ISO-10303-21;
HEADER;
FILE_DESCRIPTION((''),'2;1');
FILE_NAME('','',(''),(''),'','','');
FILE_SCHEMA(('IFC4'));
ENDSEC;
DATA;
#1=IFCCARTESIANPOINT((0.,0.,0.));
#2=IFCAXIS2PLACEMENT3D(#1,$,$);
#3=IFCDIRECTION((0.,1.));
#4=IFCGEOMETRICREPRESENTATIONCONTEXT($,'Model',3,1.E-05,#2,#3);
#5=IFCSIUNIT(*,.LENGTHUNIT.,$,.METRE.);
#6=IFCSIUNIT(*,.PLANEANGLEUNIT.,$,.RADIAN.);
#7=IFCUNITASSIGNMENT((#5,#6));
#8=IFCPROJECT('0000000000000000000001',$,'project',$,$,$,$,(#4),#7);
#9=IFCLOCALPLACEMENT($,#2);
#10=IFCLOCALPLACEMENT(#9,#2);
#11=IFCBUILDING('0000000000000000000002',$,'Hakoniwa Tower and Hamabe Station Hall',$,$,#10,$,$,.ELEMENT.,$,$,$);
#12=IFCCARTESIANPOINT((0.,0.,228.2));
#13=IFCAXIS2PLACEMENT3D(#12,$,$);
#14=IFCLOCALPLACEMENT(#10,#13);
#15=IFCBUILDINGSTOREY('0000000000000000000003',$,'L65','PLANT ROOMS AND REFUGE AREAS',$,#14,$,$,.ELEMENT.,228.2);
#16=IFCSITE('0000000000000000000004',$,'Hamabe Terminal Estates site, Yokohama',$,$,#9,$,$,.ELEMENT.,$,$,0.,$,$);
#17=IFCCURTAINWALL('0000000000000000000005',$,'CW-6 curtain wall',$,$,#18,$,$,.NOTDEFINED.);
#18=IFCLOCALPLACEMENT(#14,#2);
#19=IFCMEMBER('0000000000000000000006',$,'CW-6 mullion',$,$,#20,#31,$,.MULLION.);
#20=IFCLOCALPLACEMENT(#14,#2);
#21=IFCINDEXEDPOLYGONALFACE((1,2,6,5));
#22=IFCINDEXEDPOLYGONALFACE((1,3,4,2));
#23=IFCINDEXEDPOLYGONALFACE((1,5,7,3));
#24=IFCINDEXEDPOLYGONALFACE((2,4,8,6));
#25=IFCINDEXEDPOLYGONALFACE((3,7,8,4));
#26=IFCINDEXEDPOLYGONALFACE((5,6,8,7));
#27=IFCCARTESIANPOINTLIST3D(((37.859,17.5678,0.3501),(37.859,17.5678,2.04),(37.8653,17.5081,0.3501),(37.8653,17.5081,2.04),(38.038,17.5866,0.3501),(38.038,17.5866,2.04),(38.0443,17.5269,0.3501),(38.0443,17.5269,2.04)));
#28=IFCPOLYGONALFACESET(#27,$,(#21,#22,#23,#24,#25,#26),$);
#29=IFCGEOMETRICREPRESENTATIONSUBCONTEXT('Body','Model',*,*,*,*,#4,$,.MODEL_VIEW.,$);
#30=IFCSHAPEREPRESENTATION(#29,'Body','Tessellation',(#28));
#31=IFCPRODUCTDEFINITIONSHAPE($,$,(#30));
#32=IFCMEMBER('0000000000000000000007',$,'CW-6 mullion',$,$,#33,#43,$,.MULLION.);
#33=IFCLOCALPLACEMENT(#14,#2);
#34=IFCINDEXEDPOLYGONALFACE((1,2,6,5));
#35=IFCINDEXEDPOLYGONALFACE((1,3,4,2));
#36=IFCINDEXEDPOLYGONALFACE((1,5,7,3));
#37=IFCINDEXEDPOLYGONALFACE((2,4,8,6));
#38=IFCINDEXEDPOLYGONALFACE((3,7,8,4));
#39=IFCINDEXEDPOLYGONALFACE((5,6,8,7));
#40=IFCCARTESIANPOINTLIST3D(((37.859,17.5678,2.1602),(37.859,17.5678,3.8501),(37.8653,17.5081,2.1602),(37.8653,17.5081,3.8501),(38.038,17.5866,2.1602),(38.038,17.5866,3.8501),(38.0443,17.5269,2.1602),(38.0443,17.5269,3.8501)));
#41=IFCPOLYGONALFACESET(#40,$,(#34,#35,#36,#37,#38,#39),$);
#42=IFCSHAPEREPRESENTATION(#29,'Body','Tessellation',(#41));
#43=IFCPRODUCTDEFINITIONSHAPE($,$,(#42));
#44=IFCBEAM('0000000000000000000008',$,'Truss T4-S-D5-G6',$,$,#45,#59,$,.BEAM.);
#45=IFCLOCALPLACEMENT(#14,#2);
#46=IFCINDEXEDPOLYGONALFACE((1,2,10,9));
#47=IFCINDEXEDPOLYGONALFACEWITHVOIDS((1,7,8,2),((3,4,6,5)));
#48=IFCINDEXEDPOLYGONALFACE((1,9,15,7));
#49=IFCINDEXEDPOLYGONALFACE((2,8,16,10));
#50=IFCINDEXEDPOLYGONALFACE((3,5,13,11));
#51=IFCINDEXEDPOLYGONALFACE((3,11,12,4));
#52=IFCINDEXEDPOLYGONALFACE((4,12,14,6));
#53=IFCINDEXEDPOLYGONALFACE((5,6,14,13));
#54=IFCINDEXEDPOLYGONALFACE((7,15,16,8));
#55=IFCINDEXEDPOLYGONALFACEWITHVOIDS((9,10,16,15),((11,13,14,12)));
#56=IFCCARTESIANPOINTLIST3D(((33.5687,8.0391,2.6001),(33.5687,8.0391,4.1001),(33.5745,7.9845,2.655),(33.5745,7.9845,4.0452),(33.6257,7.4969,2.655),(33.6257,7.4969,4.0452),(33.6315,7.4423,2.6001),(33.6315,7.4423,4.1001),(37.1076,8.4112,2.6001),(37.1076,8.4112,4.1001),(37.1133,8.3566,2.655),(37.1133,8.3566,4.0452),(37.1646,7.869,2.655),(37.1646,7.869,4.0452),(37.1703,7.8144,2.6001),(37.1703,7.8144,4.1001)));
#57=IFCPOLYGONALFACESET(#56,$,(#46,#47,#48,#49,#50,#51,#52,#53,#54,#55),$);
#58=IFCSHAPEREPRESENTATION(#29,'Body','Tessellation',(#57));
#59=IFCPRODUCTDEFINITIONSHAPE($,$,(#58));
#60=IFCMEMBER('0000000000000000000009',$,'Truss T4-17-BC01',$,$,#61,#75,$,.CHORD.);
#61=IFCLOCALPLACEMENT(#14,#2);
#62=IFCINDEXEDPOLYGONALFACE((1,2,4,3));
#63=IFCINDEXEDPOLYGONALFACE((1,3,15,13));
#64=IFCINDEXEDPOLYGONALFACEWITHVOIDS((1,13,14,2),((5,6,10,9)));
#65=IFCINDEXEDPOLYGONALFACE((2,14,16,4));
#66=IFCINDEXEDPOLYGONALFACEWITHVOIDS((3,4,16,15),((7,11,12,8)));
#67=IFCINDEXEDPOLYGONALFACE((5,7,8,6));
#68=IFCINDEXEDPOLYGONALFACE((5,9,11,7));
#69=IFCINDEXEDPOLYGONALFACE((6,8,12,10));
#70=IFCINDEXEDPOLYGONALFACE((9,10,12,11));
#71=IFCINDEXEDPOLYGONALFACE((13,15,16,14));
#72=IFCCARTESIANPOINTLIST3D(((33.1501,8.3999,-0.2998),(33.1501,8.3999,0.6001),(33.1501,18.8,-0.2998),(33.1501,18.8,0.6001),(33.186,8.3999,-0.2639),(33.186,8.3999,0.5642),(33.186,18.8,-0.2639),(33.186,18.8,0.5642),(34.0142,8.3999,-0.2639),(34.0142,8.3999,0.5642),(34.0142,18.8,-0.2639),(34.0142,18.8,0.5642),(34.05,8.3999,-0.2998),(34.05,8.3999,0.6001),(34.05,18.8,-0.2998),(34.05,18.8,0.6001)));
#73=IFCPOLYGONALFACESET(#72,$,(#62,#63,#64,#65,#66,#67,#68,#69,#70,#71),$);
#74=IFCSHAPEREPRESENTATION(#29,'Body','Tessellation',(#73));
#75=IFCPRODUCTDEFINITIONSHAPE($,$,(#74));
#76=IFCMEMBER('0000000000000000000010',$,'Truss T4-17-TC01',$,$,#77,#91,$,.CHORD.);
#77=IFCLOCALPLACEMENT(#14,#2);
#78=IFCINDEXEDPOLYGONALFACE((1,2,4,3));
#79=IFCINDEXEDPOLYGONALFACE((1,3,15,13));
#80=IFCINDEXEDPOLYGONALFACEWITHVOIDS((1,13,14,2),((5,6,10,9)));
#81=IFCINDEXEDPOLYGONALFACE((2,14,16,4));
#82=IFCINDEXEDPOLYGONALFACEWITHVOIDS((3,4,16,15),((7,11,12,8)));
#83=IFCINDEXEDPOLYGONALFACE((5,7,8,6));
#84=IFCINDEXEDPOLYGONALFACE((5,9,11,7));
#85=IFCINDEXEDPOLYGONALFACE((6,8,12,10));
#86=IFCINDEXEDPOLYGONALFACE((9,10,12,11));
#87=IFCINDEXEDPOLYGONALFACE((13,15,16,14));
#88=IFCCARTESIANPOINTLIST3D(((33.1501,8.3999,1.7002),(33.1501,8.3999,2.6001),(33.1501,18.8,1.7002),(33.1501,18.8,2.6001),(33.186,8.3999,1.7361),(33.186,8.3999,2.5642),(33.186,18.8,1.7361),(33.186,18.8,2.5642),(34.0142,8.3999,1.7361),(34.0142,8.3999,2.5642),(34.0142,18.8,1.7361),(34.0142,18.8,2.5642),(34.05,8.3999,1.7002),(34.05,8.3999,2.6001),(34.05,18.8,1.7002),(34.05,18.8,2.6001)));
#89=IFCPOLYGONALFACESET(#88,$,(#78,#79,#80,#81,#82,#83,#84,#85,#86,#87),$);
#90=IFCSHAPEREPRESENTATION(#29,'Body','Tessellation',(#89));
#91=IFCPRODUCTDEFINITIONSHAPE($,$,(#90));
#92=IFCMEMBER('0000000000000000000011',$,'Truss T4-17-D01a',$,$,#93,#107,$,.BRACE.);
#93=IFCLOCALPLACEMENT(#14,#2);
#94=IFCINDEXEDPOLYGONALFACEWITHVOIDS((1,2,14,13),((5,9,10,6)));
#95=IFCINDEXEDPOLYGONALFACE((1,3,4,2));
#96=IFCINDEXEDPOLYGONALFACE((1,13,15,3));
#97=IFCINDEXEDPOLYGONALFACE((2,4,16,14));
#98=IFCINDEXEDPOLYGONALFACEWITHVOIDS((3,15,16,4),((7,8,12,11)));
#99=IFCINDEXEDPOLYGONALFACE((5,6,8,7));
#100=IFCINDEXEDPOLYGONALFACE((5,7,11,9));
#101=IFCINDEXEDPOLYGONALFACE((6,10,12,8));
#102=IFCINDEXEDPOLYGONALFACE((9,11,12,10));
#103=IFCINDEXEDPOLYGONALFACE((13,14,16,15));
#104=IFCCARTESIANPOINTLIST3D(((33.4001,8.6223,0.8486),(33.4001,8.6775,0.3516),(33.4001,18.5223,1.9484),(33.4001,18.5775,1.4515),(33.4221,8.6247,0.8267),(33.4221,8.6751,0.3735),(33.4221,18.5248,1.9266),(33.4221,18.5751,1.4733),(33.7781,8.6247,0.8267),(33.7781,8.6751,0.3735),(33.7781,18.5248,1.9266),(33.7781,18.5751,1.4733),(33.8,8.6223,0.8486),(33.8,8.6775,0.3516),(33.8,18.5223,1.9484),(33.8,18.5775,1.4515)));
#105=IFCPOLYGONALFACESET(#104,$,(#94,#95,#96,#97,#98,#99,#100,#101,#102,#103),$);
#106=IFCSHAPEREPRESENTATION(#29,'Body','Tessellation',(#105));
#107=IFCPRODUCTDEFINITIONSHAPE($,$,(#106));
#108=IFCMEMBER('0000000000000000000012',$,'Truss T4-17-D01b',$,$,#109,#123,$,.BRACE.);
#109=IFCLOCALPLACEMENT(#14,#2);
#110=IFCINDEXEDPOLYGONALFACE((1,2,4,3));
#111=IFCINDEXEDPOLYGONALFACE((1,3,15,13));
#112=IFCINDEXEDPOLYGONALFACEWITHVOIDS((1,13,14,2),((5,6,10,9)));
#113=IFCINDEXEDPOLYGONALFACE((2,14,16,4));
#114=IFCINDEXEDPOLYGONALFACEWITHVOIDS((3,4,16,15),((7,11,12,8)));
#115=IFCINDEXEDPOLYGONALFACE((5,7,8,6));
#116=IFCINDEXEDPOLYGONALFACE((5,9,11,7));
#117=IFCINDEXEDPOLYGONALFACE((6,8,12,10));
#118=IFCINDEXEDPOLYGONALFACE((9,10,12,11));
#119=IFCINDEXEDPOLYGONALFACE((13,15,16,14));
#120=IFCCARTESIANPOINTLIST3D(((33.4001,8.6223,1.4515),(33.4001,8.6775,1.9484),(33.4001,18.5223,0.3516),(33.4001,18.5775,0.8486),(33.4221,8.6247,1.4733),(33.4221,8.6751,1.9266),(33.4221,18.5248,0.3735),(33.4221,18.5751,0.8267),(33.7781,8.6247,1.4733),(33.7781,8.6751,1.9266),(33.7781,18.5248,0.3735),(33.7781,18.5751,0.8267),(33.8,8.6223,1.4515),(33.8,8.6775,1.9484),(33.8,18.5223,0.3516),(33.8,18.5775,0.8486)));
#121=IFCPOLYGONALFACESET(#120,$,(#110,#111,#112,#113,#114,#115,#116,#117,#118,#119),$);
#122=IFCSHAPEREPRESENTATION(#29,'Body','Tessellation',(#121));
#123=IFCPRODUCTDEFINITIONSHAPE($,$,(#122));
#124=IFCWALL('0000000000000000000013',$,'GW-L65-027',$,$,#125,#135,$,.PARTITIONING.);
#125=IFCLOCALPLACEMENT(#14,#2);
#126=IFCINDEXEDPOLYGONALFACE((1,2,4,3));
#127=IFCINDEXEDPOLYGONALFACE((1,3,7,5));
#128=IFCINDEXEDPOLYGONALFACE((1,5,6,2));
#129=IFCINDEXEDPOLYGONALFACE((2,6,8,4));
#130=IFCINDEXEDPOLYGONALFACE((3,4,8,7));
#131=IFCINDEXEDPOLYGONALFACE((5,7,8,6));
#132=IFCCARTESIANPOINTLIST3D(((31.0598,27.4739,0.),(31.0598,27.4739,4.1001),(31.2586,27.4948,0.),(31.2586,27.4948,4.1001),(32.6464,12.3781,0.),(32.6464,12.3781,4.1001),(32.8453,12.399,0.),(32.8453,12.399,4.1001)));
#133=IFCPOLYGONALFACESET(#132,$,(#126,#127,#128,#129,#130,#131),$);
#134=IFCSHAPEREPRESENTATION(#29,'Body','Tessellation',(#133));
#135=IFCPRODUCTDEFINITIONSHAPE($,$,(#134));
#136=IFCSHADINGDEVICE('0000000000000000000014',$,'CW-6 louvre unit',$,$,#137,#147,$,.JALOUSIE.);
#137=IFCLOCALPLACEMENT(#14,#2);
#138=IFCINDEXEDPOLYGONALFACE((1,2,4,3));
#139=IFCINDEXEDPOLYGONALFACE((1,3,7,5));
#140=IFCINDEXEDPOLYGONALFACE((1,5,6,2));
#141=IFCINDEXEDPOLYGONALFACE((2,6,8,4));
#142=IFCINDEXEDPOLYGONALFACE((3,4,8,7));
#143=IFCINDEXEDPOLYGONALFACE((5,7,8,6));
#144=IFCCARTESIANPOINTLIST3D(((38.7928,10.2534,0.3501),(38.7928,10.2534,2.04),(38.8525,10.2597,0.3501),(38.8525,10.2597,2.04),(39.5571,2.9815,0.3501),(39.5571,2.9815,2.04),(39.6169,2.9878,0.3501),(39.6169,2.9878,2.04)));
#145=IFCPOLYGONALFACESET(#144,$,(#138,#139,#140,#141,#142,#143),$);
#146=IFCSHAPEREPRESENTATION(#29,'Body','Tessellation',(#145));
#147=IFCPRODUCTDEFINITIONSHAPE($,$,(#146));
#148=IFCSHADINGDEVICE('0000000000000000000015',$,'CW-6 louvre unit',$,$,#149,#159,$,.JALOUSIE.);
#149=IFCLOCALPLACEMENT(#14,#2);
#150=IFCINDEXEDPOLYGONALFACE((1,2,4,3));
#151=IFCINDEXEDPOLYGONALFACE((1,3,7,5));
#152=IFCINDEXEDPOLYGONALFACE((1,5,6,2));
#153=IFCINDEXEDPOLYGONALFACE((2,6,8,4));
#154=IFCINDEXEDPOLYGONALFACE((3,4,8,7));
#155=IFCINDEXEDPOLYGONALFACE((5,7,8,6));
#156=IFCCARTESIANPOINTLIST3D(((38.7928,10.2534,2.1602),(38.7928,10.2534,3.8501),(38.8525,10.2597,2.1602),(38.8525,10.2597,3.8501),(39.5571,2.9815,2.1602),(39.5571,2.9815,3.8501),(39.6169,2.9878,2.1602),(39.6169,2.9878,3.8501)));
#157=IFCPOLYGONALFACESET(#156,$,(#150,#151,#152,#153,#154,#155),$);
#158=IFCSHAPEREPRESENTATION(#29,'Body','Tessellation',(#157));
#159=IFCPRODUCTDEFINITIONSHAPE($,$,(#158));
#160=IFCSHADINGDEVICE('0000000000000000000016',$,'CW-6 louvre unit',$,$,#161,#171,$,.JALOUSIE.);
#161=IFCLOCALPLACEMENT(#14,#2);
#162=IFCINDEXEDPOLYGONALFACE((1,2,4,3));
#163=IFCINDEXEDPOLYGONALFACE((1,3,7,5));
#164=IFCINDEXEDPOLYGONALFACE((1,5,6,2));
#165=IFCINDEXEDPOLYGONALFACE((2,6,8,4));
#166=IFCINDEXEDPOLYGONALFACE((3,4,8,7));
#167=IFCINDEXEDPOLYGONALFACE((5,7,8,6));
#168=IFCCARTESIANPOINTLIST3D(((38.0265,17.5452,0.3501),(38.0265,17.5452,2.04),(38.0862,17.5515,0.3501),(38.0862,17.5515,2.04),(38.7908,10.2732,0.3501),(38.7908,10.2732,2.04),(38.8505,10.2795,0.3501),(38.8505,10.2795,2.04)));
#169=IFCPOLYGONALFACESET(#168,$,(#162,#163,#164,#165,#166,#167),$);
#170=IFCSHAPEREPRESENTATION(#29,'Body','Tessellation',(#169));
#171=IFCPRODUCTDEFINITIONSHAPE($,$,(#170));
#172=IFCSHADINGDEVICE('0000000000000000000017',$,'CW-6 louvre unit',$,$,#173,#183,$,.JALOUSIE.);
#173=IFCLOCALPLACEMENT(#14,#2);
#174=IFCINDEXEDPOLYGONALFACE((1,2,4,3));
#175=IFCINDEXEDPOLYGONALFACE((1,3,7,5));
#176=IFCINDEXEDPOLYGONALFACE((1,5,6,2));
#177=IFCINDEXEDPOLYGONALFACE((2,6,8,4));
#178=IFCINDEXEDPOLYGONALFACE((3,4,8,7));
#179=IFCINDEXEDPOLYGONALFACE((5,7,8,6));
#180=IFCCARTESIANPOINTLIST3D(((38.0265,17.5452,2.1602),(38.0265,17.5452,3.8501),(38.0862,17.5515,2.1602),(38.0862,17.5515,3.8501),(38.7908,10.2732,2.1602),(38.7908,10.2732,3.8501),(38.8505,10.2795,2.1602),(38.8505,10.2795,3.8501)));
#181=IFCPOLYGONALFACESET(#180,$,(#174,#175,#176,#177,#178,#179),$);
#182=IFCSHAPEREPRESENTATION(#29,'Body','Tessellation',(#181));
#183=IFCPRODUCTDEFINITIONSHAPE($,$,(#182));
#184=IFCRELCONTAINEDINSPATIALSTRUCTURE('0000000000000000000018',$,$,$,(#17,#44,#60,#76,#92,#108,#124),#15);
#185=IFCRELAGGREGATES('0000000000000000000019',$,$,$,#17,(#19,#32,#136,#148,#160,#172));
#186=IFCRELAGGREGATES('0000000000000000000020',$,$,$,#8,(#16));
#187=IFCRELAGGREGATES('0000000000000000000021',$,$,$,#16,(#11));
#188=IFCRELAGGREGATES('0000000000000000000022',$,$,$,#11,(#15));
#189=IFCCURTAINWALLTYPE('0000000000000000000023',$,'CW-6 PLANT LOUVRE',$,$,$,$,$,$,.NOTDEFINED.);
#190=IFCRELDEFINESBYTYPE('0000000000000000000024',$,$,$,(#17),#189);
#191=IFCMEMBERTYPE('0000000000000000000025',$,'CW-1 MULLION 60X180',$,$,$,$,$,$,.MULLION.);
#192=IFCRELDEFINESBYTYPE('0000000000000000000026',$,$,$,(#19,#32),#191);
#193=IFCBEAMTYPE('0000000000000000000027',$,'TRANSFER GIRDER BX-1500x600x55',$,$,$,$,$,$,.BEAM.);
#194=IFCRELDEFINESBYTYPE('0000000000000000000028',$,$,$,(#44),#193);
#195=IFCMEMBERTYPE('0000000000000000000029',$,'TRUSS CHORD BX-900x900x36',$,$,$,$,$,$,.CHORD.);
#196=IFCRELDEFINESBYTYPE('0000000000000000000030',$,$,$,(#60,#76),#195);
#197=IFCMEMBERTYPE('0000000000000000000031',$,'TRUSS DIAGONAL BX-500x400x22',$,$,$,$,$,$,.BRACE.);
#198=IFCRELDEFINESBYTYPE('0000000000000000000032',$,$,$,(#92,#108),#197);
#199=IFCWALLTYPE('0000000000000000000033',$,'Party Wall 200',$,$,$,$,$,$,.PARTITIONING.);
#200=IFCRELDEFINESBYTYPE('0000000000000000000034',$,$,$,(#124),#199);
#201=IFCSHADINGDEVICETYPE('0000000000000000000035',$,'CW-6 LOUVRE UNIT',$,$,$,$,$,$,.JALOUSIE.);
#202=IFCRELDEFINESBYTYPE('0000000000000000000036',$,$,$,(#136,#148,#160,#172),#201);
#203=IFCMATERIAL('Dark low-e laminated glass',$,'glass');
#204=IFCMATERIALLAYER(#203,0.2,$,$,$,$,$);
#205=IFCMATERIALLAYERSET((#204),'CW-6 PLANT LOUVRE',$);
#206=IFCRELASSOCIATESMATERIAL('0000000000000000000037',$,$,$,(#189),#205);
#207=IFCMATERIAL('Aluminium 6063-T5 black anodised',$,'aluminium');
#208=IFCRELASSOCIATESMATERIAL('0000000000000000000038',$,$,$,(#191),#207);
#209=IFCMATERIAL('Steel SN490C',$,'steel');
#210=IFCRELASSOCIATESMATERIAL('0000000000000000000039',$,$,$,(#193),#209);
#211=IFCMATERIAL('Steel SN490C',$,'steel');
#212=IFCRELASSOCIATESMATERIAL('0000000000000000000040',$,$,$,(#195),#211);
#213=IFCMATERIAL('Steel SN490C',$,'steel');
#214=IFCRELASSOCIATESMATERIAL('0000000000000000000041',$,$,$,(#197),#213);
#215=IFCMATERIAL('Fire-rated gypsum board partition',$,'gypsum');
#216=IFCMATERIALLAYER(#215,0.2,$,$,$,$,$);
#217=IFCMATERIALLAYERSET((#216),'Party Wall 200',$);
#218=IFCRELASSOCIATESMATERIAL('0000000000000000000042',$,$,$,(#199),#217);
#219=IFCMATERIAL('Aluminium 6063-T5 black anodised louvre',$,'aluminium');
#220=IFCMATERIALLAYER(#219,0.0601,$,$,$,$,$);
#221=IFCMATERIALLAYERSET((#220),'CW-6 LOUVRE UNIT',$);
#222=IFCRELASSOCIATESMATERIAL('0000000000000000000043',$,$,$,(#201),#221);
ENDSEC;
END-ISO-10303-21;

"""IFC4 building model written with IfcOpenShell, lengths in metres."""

from ifc_helpers import new_model, si_unit, direction, frame, frame_2d, origin, origin_2d, place, context, subcontext, project, spatial, rectangle, hollow_rectangle, extrude, material, layer, layer_set, material_profile, profile_set, type_object, element, aggregate, save


model = new_model("IFC4")

# Units and contexts
model_context = context("Model", 3, precision=1e-05, world=origin(), true_north=direction((0.0, 1.0)))
body_context = subcontext(model_context, "Body", "Model", "MODEL_VIEW")
ifc_project = project(units=[si_unit("LENGTHUNIT", "METRE"), si_unit("PLANEANGLEUNIT", "RADIAN")], contexts=[model_context])

# Site, building, storey
site_placement = place(None, origin())
site = spatial("IfcSite", under=ifc_project, at=site_placement, Name="Hamabe Terminal Estates site, Yokohama", CompositionType="ELEMENT", RefElevation=0.0)
building_placement = place(site_placement, origin())
building = spatial("IfcBuilding", under=site, at=building_placement, Name="Hakoniwa Tower and Hamabe Station Hall", CompositionType="ELEMENT")
storey_placement = place(building_placement, frame((0.0, 0.0, 228.2)))
storey = spatial("IfcBuildingStorey", under=building, at=storey_placement, Name="L65", Description="PLANT ROOMS AND REFUGE AREAS", CompositionType="ELEMENT", Elevation=228.2)

# Curtain wall, members
ifc_material_1 = material(Name="Dark low-e laminated glass", Category="glass")
ifc_layer_1 = layer(ifc_material_1, 0.2)
ifc_layer_set_1 = layer_set([ifc_layer_1], Name="CW-6 PLANT LOUVRE")
curtain_wall_type = type_object("IfcCurtainWallType", Name="CW-6 PLANT LOUVRE", PredefinedType="NOTDEFINED", material=ifc_layer_set_1)
curtain_wall_placement = place(storey_placement, origin())
curtain_wall = element("IfcCurtainWall", 1, at=curtain_wall_placement, inside=storey, type_object=curtain_wall_type, Name="CW-6 curtain wall", PredefinedType="NOTDEFINED")
ifc_material_2 = material(Name="Aluminium 6063-T5 black anodised", Category="aluminium")
ifc_material_profile_1 = material_profile(ifc_material_2, rectangle(XDim=0.0601, YDim=0.1799, at=origin_2d()), Name="CW-1 MULLION 60X180")
ifc_profile_set_1 = profile_set([ifc_material_profile_1], Name="Aluminium 6063-T5 black anodised")
member_type_1 = type_object("IfcMemberType", Name="CW-1 MULLION 60X180", PredefinedType="MULLION", material=ifc_profile_set_1)
member_1_placement = place(storey_placement, frame((37.9517, 17.5474, 0.3501), z_axis=(0.0, 0.0, 1.0), x_axis=(-0.104528, 0.994522, 0.0)))
member_1 = element("IfcMember", 2, at=member_1_placement, type_object=member_type_1, Name="CW-6 mullion", PredefinedType="MULLION", context=body_context, shape_type="SweptSolid", body=[
    extrude(rectangle(XDim=0.0601, YDim=0.1799, at=origin_2d()), origin(), (0.0, 0.0, 1.0), 1.6899),
])
member_2_placement = place(storey_placement, frame((37.9517, 17.5474, 2.1602), z_axis=(0.0, 0.0, 1.0), x_axis=(-0.104528, 0.994522, 0.0)))
member_2 = element("IfcMember", 3, at=member_2_placement, type_object=member_type_1, Name="CW-6 mullion", PredefinedType="MULLION", context=body_context, shape_type="SweptSolid", body=[
    extrude(rectangle(XDim=0.0601, YDim=0.1799, at=origin_2d()), origin(), (0.0, 0.0, 1.0), 1.6899),
])

# Beam
ifc_material_3 = material(Name="Steel SN490C", Category="steel")
ifc_material_profile_2 = material_profile(ifc_material_3, hollow_rectangle(XDim=0.6001, YDim=1.5, WallThickness=0.0549, at=origin_2d()), Name="BX-1500x600x55")
ifc_profile_set_2 = profile_set([ifc_material_profile_2], Name="Steel SN490C")
beam_type = type_object("IfcBeamType", Name="TRANSFER GIRDER BX-1500x600x55", PredefinedType="BEAM", material=ifc_profile_set_2)
beam_placement = place(storey_placement, frame((33.6001, 7.7407, 3.3501), z_axis=(0.994518, 0.104563, 0.0), x_axis=(-0.104563, 0.994518, 0.0)))
element("IfcBeam", 4, at=beam_placement, inside=storey, type_object=beam_type, Name="Truss T4-S-D5-G6", PredefinedType="BEAM", context=body_context, shape_type="SweptSolid", body=[
    extrude(hollow_rectangle(XDim=0.6001, YDim=1.5, WallThickness=0.0549, at=origin_2d()), origin(), (0.0, 0.0, 1.0), 3.5583),
])

# Members
ifc_material_4 = material(Name="Steel SN490C", Category="steel")
ifc_material_profile_3 = material_profile(ifc_material_4, hollow_rectangle(XDim=0.8999, YDim=0.8999, WallThickness=0.0359, at=origin_2d()), Name="BX-900x900x36")
ifc_profile_set_3 = profile_set([ifc_material_profile_3], Name="Steel SN490C")
member_type_2 = type_object("IfcMemberType", Name="TRUSS CHORD BX-900x900x36", PredefinedType="CHORD", material=ifc_profile_set_3)
for number, where, z_axis, x_axis, name in (
    (5, (33.6001, 8.3999, 0.1501), (0.0, 1.0, 0.0), (-1.0, 0.0, 0.0), "Truss T4-17-BC01"),
    (6, (33.6001, 8.3999, 2.1501), (0.0, 1.0, 0.0), (-1.0, 0.0, 0.0), "Truss T4-17-TC01"),
):
    element("IfcMember", number, at=place(storey_placement, frame(where, z_axis=z_axis, x_axis=x_axis)), inside=storey, type_object=member_type_2, Name=name, PredefinedType="CHORD", context=body_context, shape_type="SweptSolid", body=[
        extrude(hollow_rectangle(XDim=0.8999, YDim=0.8999, WallThickness=0.0359, at=origin_2d()), origin(), (0.0, 0.0, 1.0), 10.4001),
    ])
ifc_material_5 = material(Name="Steel SN490C", Category="steel")
ifc_material_profile_4 = material_profile(ifc_material_5, hollow_rectangle(XDim=0.3999, YDim=0.5, WallThickness=0.022, at=origin_2d()), Name="BX-500x400x22")
ifc_profile_set_4 = profile_set([ifc_material_profile_4], Name="Steel SN490C")
member_type_3 = type_object("IfcMemberType", Name="TRUSS DIAGONAL BX-500x400x22", PredefinedType="BRACE", material=ifc_profile_set_4)
for number, where, z_axis, x_axis, name in (
    (7, (33.6001, 8.6499, 0.6001), (0.0, 0.993886, 0.110415), (-1.0, 0.0, 0.0), "Truss T4-17-D01a"),
    (8, (33.6001, 8.6499, 1.7), (0.0, 0.993886, -0.110415), (-1.0, 0.0, 0.0), "Truss T4-17-D01b"),
):
    element("IfcMember", number, at=place(storey_placement, frame(where, z_axis=z_axis, x_axis=x_axis)), inside=storey, type_object=member_type_3, Name=name, PredefinedType="BRACE", context=body_context, shape_type="SweptSolid", body=[
        extrude(hollow_rectangle(XDim=0.3999, YDim=0.5, WallThickness=0.022, at=origin_2d()), origin(), (0.0, 0.0, 1.0), 9.9609),
    ])

# Wall
ifc_material_6 = material(Name="Fire-rated gypsum board partition", Category="gypsum")
ifc_layer_2 = layer(ifc_material_6, 0.2)
ifc_layer_set_2 = layer_set([ifc_layer_2], Name="Party Wall 200")
wall_type = type_object("IfcWallType", Name="Party Wall 200", PredefinedType="PARTITIONING", material=ifc_layer_set_2)
wall_placement = place(storey_placement, frame((32.7458, 12.3887, 0.0), z_axis=(0.0, 0.0, 1.0), x_axis=(-0.104532, 0.994522, 0.0)))
element("IfcWall", 9, at=wall_placement, inside=storey, type_object=wall_type, Name="GW-L65-027", PredefinedType="PARTITIONING", context=body_context, shape_type="SweptSolid", body=[
    extrude(rectangle(XDim=15.179, YDim=0.2, at=frame_2d((7.5894, 0.0))), origin(), (0.0, 0.0, 1.0), 4.1001),
])

# Shading devices
ifc_material_7 = material(Name="Aluminium 6063-T5 black anodised louvre", Category="aluminium")
ifc_layer_3 = layer(ifc_material_7, 0.0601)
ifc_layer_set_3 = layer_set([ifc_layer_3], Name="CW-6 LOUVRE UNIT")
shading_device_type = type_object("IfcShadingDeviceType", Name="CW-6 LOUVRE UNIT", PredefinedType="JALOUSIE", material=ifc_layer_set_3)
shading_device_1_placement = place(storey_placement, frame((39.2048, 6.6206, 0.3501), z_axis=(0.0, 0.0, 1.0), x_axis=(-0.104528, 0.994522, 0.0)))
shading_device_1 = element("IfcShadingDevice", 10, at=shading_device_1_placement, type_object=shading_device_type, Name="CW-6 louvre unit", PredefinedType="JALOUSIE", context=body_context, shape_type="SweptSolid", body=[
    extrude(rectangle(XDim=7.312, YDim=0.0601, at=origin_2d()), origin(), (0.0, 0.0, 1.0), 1.6899),
])
shading_device_2_placement = place(storey_placement, frame((39.2048, 6.6206, 2.1602), z_axis=(0.0, 0.0, 1.0), x_axis=(-0.104528, 0.994522, 0.0)))
shading_device_2 = element("IfcShadingDevice", 11, at=shading_device_2_placement, type_object=shading_device_type, Name="CW-6 louvre unit", PredefinedType="JALOUSIE", context=body_context, shape_type="SweptSolid", body=[
    extrude(rectangle(XDim=7.312, YDim=0.0601, at=origin_2d()), origin(), (0.0, 0.0, 1.0), 1.6899),
])
shading_device_3_placement = place(storey_placement, frame((38.4385, 13.9124, 0.3501), z_axis=(0.0, 0.0, 1.0), x_axis=(-0.104528, 0.994522, 0.0)))
shading_device_3 = element("IfcShadingDevice", 12, at=shading_device_3_placement, type_object=shading_device_type, Name="CW-6 louvre unit", PredefinedType="JALOUSIE", context=body_context, shape_type="SweptSolid", body=[
    extrude(rectangle(XDim=7.312, YDim=0.0601, at=origin_2d()), origin(), (0.0, 0.0, 1.0), 1.6899),
])
shading_device_4_placement = place(storey_placement, frame((38.4385, 13.9124, 2.1602), z_axis=(0.0, 0.0, 1.0), x_axis=(-0.104528, 0.994522, 0.0)))
shading_device_4 = element("IfcShadingDevice", 13, at=shading_device_4_placement, type_object=shading_device_type, Name="CW-6 louvre unit", PredefinedType="JALOUSIE", context=body_context, shape_type="SweptSolid", body=[
    extrude(rectangle(XDim=7.312, YDim=0.0601, at=origin_2d()), origin(), (0.0, 0.0, 1.0), 1.6899),
])
aggregate(curtain_wall, [member_1, member_2, shading_device_1, shading_device_2, shading_device_3, shading_device_4])

save(model, "model.ifc")
